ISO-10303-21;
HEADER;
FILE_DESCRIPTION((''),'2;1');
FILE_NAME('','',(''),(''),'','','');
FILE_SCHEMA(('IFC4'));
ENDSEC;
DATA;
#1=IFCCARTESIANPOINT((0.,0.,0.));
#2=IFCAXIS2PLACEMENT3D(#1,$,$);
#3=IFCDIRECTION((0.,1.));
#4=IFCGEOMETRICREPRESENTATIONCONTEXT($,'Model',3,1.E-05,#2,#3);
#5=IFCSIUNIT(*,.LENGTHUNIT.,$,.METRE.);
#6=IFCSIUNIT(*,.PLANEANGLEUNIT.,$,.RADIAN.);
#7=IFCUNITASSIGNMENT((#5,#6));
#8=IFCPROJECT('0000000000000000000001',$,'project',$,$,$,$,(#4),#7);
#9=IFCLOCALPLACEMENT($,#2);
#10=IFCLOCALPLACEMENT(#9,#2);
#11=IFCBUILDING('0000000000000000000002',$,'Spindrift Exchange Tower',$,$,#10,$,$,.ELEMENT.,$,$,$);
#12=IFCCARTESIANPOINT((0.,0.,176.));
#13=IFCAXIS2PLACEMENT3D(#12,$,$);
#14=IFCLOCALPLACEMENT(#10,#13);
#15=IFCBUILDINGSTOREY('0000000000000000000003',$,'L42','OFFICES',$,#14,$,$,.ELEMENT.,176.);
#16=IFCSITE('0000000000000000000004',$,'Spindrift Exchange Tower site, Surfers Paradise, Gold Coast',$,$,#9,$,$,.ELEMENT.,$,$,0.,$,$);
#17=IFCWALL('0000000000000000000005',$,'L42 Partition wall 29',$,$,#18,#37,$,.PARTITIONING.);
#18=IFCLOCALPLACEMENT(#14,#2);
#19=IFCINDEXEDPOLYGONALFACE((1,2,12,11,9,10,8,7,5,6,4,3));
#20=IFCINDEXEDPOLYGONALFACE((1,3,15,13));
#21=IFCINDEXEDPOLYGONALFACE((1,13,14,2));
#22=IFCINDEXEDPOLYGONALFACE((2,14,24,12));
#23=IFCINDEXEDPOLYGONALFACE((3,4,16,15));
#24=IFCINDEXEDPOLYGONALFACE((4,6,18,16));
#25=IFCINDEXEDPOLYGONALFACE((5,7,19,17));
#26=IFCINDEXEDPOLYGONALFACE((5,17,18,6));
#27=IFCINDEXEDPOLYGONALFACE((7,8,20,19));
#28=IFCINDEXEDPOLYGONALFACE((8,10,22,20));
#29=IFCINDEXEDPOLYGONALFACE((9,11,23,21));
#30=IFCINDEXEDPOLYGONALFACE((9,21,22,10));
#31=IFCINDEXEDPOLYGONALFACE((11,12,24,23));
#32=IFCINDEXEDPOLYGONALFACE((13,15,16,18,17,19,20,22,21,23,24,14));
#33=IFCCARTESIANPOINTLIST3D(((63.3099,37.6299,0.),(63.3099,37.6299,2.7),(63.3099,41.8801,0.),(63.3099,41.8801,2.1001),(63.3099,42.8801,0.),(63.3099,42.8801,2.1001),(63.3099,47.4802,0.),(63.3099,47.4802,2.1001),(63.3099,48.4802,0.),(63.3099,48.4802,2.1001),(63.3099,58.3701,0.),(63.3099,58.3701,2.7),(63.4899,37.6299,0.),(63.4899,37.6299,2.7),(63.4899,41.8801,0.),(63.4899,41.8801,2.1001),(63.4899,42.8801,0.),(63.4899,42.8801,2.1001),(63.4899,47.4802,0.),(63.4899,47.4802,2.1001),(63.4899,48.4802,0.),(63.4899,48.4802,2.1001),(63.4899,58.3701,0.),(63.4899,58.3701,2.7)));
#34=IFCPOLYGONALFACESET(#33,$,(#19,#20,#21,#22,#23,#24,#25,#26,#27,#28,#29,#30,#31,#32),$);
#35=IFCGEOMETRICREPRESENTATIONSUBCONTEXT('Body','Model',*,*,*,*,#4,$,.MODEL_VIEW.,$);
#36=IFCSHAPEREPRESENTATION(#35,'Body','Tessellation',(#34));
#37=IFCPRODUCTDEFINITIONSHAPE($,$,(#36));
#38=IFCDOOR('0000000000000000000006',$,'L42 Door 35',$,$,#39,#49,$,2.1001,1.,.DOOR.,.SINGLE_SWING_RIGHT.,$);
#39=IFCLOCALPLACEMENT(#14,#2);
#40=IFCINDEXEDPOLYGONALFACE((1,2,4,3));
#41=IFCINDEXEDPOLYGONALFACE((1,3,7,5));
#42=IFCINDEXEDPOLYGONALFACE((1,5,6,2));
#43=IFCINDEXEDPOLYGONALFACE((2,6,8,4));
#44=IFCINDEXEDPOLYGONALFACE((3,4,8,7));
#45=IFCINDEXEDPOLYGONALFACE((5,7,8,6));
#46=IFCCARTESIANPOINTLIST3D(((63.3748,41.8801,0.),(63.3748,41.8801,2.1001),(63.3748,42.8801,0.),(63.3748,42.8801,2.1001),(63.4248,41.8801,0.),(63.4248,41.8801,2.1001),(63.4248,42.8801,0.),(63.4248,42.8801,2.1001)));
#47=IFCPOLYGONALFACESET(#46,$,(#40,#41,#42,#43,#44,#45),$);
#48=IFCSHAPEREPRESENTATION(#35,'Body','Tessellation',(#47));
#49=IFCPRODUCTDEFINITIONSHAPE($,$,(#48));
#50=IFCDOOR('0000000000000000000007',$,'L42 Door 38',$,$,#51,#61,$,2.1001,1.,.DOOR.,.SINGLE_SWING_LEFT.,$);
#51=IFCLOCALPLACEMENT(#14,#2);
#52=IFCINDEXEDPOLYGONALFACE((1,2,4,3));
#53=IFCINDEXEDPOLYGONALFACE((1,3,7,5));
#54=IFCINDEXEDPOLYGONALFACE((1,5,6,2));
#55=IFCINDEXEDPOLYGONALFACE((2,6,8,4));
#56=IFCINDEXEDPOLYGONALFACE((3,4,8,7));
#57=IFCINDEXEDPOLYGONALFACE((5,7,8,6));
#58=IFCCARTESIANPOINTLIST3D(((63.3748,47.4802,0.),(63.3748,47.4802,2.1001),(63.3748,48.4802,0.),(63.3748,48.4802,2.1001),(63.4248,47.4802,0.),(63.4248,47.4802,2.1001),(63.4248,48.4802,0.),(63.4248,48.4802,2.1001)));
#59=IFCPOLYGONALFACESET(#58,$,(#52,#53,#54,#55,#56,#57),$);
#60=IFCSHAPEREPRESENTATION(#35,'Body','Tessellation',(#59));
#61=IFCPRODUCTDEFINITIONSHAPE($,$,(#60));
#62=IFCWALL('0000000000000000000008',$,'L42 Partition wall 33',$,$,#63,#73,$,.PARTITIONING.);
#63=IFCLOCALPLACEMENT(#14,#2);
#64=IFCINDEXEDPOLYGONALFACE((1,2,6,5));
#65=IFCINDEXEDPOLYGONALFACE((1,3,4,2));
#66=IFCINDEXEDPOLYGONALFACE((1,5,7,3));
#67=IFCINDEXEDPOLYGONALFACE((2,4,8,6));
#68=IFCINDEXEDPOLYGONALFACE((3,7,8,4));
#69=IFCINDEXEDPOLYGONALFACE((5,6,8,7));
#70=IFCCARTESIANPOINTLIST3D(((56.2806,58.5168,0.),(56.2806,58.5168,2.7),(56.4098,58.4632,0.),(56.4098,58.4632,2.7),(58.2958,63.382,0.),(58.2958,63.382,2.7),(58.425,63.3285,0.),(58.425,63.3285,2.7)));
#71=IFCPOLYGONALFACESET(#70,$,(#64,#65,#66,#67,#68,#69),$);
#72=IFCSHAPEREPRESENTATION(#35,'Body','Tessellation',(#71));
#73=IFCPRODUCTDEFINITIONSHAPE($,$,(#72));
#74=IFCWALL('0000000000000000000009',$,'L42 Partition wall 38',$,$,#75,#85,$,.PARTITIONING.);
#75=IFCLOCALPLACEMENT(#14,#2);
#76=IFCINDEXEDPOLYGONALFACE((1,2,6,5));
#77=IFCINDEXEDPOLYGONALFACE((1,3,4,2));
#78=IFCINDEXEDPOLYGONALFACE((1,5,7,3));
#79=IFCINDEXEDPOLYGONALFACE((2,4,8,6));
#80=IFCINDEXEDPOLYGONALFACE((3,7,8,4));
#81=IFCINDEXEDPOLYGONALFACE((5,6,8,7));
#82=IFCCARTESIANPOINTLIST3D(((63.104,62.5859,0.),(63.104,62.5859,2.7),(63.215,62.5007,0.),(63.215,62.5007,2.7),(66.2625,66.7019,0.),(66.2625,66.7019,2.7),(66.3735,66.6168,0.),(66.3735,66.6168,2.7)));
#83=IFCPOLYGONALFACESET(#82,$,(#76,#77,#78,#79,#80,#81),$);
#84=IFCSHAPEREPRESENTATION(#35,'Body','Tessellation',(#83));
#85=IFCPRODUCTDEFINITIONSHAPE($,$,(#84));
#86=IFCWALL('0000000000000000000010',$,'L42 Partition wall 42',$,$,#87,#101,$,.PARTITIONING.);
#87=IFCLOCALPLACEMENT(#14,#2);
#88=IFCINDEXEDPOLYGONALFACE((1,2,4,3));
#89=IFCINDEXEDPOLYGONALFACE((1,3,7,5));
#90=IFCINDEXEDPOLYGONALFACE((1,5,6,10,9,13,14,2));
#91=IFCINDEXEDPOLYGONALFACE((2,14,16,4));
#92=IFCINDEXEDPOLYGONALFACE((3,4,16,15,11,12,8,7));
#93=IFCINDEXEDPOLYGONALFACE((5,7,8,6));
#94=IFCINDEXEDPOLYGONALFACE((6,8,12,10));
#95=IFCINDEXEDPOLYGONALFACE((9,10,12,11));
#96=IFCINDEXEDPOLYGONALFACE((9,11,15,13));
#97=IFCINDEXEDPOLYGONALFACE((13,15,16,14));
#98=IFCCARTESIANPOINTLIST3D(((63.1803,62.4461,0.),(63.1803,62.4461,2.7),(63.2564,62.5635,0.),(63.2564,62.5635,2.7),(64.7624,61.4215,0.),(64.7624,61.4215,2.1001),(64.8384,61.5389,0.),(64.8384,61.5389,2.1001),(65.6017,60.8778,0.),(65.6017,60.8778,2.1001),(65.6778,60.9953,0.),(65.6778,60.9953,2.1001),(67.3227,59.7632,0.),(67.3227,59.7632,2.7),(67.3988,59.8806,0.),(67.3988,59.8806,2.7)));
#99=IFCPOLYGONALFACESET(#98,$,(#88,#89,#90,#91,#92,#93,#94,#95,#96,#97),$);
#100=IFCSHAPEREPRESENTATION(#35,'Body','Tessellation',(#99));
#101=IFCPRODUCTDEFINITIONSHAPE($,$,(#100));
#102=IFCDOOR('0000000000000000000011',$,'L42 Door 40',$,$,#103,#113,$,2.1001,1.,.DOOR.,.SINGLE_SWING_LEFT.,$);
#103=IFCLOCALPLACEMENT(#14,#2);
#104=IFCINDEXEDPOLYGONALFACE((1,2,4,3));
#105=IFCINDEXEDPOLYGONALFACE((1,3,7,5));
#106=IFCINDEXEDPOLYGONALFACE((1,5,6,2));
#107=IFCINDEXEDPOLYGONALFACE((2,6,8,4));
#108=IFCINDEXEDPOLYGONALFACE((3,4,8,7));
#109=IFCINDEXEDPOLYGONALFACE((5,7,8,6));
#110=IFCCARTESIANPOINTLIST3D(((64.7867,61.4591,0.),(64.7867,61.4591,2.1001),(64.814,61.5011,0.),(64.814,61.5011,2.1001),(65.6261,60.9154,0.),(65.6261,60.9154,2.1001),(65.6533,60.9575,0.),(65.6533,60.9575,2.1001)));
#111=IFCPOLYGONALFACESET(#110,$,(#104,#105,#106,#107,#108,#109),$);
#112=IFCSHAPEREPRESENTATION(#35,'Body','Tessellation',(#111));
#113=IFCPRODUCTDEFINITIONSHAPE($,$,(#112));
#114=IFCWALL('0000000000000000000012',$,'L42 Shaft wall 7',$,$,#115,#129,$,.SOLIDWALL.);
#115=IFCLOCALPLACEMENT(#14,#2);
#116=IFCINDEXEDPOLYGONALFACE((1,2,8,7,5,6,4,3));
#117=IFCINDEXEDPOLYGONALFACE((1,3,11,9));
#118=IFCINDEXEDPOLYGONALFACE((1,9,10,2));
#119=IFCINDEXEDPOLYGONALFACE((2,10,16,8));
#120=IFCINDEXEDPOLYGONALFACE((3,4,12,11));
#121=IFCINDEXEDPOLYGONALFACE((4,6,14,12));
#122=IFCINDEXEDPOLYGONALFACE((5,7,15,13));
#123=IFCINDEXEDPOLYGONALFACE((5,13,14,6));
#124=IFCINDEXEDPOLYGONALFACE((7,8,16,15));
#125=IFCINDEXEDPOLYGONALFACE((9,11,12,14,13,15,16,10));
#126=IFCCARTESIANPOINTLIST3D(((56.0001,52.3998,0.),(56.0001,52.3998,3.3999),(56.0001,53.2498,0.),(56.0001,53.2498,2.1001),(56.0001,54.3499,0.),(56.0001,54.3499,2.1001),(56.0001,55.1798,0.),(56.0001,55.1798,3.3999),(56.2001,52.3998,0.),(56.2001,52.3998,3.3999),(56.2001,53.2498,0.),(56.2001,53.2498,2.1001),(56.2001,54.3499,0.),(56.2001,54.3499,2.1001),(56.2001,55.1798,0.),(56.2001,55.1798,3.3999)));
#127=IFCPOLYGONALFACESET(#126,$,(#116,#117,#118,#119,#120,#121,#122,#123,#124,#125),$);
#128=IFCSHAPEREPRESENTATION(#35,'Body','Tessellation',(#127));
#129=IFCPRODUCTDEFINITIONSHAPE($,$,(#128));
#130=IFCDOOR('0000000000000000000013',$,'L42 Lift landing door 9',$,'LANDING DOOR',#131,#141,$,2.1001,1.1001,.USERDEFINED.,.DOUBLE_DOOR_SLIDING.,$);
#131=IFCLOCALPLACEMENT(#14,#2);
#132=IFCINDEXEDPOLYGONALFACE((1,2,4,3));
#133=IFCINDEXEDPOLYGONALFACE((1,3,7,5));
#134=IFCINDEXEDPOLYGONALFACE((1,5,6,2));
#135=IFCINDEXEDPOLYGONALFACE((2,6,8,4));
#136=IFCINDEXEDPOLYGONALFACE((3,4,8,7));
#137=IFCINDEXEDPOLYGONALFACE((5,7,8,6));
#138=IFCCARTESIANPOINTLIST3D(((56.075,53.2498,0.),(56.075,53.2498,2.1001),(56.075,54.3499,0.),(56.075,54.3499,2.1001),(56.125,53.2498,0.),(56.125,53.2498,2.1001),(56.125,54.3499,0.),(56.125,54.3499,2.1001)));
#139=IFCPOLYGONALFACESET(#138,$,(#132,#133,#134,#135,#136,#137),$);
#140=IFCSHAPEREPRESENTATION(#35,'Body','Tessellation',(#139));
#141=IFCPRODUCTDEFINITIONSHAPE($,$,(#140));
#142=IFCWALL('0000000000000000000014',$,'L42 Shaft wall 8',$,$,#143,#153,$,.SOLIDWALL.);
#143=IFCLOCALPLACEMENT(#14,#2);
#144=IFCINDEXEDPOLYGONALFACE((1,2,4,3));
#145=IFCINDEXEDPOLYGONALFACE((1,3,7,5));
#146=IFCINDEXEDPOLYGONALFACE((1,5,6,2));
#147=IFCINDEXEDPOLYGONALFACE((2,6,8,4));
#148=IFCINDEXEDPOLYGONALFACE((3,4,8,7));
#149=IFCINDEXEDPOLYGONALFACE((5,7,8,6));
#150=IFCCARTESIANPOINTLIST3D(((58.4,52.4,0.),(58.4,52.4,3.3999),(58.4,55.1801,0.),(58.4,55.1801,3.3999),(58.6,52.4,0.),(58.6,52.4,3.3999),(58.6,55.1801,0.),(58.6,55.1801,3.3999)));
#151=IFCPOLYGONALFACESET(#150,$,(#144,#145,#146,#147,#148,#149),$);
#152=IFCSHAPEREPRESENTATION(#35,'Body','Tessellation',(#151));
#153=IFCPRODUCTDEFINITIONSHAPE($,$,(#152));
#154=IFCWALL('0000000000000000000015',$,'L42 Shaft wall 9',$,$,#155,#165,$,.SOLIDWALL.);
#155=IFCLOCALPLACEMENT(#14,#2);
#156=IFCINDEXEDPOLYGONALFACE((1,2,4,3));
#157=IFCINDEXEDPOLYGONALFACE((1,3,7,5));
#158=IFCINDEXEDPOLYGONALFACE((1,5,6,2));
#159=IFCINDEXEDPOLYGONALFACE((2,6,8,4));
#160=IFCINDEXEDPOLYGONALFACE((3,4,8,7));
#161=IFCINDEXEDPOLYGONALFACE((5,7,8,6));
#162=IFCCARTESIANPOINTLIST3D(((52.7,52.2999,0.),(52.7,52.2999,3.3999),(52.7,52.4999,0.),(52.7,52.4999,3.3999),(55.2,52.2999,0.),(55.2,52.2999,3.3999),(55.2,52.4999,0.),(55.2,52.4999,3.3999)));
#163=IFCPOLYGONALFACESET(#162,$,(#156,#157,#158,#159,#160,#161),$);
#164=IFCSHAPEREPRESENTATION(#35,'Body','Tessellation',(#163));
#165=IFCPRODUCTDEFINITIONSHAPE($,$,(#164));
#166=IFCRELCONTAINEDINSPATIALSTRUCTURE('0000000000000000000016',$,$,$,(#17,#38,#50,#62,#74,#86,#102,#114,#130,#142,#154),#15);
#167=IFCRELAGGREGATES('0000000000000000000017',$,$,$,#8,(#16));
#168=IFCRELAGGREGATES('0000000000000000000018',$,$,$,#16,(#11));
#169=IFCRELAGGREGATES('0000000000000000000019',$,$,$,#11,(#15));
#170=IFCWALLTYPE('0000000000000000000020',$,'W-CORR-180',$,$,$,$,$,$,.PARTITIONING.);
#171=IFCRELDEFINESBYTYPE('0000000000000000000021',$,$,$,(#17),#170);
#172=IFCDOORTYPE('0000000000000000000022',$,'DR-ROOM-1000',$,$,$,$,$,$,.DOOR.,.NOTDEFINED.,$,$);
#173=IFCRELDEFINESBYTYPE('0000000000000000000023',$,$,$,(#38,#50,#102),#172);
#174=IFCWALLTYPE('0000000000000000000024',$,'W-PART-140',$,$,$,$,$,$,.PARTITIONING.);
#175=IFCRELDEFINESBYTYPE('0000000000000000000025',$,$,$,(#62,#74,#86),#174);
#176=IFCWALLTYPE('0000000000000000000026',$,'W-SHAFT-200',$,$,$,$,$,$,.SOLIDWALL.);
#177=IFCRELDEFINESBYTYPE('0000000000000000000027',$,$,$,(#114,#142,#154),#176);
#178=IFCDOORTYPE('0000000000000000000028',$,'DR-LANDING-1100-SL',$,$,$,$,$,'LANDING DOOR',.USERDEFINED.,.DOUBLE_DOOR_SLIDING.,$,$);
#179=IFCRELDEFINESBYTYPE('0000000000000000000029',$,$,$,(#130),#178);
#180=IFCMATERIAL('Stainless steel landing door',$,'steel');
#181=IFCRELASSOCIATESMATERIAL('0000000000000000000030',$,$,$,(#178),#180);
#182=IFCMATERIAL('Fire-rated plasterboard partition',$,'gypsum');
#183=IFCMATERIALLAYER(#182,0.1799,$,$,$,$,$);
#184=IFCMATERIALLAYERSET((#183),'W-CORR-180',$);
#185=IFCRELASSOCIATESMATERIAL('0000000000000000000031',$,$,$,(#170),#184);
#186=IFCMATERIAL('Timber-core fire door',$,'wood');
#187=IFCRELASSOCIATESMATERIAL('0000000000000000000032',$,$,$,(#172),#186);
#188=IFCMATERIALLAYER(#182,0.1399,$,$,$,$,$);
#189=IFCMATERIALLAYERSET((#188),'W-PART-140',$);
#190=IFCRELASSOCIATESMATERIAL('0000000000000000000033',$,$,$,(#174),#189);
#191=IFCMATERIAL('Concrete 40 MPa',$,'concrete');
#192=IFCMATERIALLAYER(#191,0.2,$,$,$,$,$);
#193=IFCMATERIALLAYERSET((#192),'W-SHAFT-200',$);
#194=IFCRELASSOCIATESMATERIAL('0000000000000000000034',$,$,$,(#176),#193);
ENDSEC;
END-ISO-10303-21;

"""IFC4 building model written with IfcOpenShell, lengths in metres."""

from ifc_helpers import new_model, si_unit, direction, frame, frame_2d, origin, place, context, subcontext, project, spatial, rectangle, extrude, source, transform, mapped, material, layer, layer_set, type_object, element, fill, save


model = new_model("IFC4")

# Units and contexts
model_context = context("Model", 3, precision=1e-05, world=origin(), true_north=direction((0.0, 1.0)))
body_context = subcontext(model_context, "Body", "Model", "MODEL_VIEW")
ifc_project = project(units=[si_unit("LENGTHUNIT", "METRE"), si_unit("PLANEANGLEUNIT", "RADIAN")], contexts=[model_context])

# Site, building, storey
site_placement = place(None, origin())
site = spatial("IfcSite", under=ifc_project, at=site_placement, Name="Spindrift Exchange Tower site, Surfers Paradise, Gold Coast", CompositionType="ELEMENT", RefElevation=0.0)
building_placement = place(site_placement, origin())
building = spatial("IfcBuilding", under=site, at=building_placement, Name="Spindrift Exchange Tower", CompositionType="ELEMENT")
storey_placement = place(building_placement, frame((0.0, 0.0, 176.0)))
storey = spatial("IfcBuildingStorey", under=building, at=storey_placement, Name="L42", Description="OFFICES", CompositionType="ELEMENT", Elevation=176.0)

# Wall, openings, doors
ifc_material_1 = material(Name="Stainless steel landing door", Category="steel")
door_type_1 = type_object("IfcDoorType", Name="DR-LANDING-1100-SL", ElementType="LANDING DOOR", OperationType="DOUBLE_DOOR_SLIDING", PredefinedType="USERDEFINED", material=ifc_material_1)
shared_shape_1 = source(origin(), body_context, "Body", "SweptSolid", [
    extrude(rectangle(XDim=1.1001, YDim=2.1001, at=frame_2d((0.55, 1.05))), frame((0.0, 0.0249, 0.0), z_axis=(0.0, -1.0, 0.0), x_axis=(1.0, 0.0, 0.0)), (0.0, 0.0, 1.0), 0.05),
])
ifc_material_2 = material(Name="Timber-core fire door", Category="wood")
ifc_material_3 = material(Name="Fire-rated plasterboard partition", Category="gypsum")
ifc_layer_1 = layer(ifc_material_3, 0.1799)
ifc_layer_set_1 = layer_set([ifc_layer_1], Name="W-CORR-180")
wall_type_1 = type_object("IfcWallType", Name="W-CORR-180", PredefinedType="PARTITIONING", material=ifc_layer_set_1)
wall_1_placement = place(storey_placement, frame((63.3999, 58.3701, 0.0), z_axis=(0.0, 0.0, 1.0), x_axis=(0.0, -1.0, 0.0)))
wall_1 = element("IfcWall", 1, at=wall_1_placement, inside=storey, type_object=wall_type_1, Name="L42 Partition wall 29", PredefinedType="PARTITIONING", context=body_context, shape_type="SweptSolid", body=[
    extrude(rectangle(XDim=20.7402, YDim=0.1799, at=frame_2d((10.3701, 0.0))), origin(), (0.0, 0.0, 1.0), 2.7),
])
opening_1_placement = place(wall_1_placement, frame((15.49, 0.0, 0.0)))
opening_1 = element("IfcOpeningElement", 2, at=opening_1_placement, cuts=wall_1, PredefinedType="OPENING", context=body_context, shape_type="SweptSolid", body=[
    extrude(rectangle(XDim=1.0, YDim=2.1001, at=frame_2d((0.5, 1.05))), frame((0.0, 0.0999, 0.0), z_axis=(0.0, -1.0, 0.0), x_axis=(1.0, 0.0, 0.0)), (0.0, 0.0, 1.0), 0.2),
])
opening_2_placement = place(wall_1_placement, frame((9.8899, 0.0, 0.0)))
opening_2 = element("IfcOpeningElement", 3, at=opening_2_placement, cuts=wall_1, PredefinedType="OPENING", context=body_context, shape_type="SweptSolid", body=[
    extrude(rectangle(XDim=1.0, YDim=2.1001, at=frame_2d((0.5, 1.05))), frame((0.0, 0.0999, 0.0), z_axis=(0.0, -1.0, 0.0), x_axis=(1.0, 0.0, 0.0)), (0.0, 0.0, 1.0), 0.2),
])
door_type_2 = type_object("IfcDoorType", Name="DR-ROOM-1000", OperationType="NOTDEFINED", PredefinedType="DOOR", material=ifc_material_2)
shared_shape_2 = source(origin(), body_context, "Body", "SweptSolid", [
    extrude(rectangle(XDim=1.0, YDim=2.1001, at=frame_2d((0.5, 1.05))), frame((0.0, 0.0249, 0.0), z_axis=(0.0, -1.0, 0.0), x_axis=(1.0, 0.0, 0.0)), (0.0, 0.0, 1.0), 0.05),
])
door_1_placement = place(opening_1_placement, origin())
door_1 = element("IfcDoor", 4, at=door_1_placement, inside=storey, type_object=door_type_2, Name="L42 Door 35", OperationType="SINGLE_SWING_RIGHT", OverallHeight=2.1001, OverallWidth=1.0, PredefinedType="DOOR", context=body_context, shape_type="MappedRepresentation", body=[
    mapped(shared_shape_2, transform((0.0, 0.0, 0.0), scale=1.0)),
])
fill(opening_1, door_1)
door_2_placement = place(opening_2_placement, origin())
door_2 = element("IfcDoor", 5, at=door_2_placement, inside=storey, type_object=door_type_2, Name="L42 Door 38", OperationType="SINGLE_SWING_LEFT", OverallHeight=2.1001, OverallWidth=1.0, PredefinedType="DOOR", context=body_context, shape_type="MappedRepresentation", body=[
    mapped(shared_shape_2, transform((0.0, 0.0, 0.0), scale=1.0)),
])
fill(opening_2, door_2)

# Walls
ifc_layer_2 = layer(ifc_material_3, 0.1399)
ifc_layer_set_2 = layer_set([ifc_layer_2], Name="W-PART-140")
wall_type_2 = type_object("IfcWallType", Name="W-PART-140", PredefinedType="PARTITIONING", material=ifc_layer_set_2)
wall_2_placement = place(storey_placement, frame((56.3452, 58.49, 0.0), z_axis=(0.0, 0.0, 1.0), x_axis=(0.382666, 0.923887, 0.0)))
element("IfcWall", 6, at=wall_2_placement, inside=storey, type_object=wall_type_2, Name="L42 Partition wall 33", PredefinedType="PARTITIONING", context=body_context, shape_type="SweptSolid", body=[
    extrude(rectangle(XDim=5.2661, YDim=0.1399, at=frame_2d((2.6331, 0.0))), origin(), (0.0, 0.0, 1.0), 2.7),
])
wall_3_placement = place(storey_placement, frame((63.1594, 62.5432, 0.0), z_axis=(0.0, 0.0, 1.0), x_axis=(0.60878, 0.793339, 0.0)))
element("IfcWall", 7, at=wall_3_placement, inside=storey, type_object=wall_type_2, Name="L42 Partition wall 38", PredefinedType="PARTITIONING", context=body_context, shape_type="SweptSolid", body=[
    extrude(rectangle(XDim=5.1882, YDim=0.1399, at=frame_2d((2.5942, 0.0))), origin(), (0.0, 0.0, 1.0), 2.7),
])

# Walls, openings, doors
wall_4_placement = place(storey_placement, frame((63.2183, 62.5049, 0.0), z_axis=(0.0, 0.0, 1.0), x_axis=(0.839336, -0.543612, 0.0)))
wall_4 = element("IfcWall", 8, at=wall_4_placement, inside=storey, type_object=wall_type_2, Name="L42 Partition wall 42", PredefinedType="PARTITIONING", context=body_context, shape_type="SweptSolid", body=[
    extrude(rectangle(XDim=4.9353, YDim=0.1399, at=frame_2d((2.4678, 0.0))), origin(), (0.0, 0.0, 1.0), 2.7),
])
opening_3_placement = place(wall_4_placement, frame((1.885, 0.0, 0.0)))
opening_3 = element("IfcOpeningElement", 9, at=opening_3_placement, cuts=wall_4, PredefinedType="OPENING", context=body_context, shape_type="SweptSolid", body=[
    extrude(rectangle(XDim=1.0, YDim=2.1001, at=frame_2d((0.5, 1.05))), frame((0.0, 0.0798, 0.0), z_axis=(0.0, -1.0, 0.0), x_axis=(1.0, 0.0, 0.0)), (0.0, 0.0, 1.0), 0.1599),
])
door_3_placement = place(opening_3_placement, origin())
door_3 = element("IfcDoor", 10, at=door_3_placement, inside=storey, type_object=door_type_2, Name="L42 Door 40", OperationType="SINGLE_SWING_LEFT", OverallHeight=2.1001, OverallWidth=1.0, PredefinedType="DOOR", context=body_context, shape_type="MappedRepresentation", body=[
    mapped(shared_shape_2, transform((0.0, 0.0, 0.0), scale=1.0)),
])
fill(opening_3, door_3)
ifc_material_4 = material(Name="Concrete 40 MPa", Category="concrete")
ifc_layer_3 = layer(ifc_material_4, 0.2)
ifc_layer_set_3 = layer_set([ifc_layer_3], Name="W-SHAFT-200")
wall_type_3 = type_object("IfcWallType", Name="W-SHAFT-200", PredefinedType="SOLIDWALL", material=ifc_layer_set_3)
wall_5_placement = place(storey_placement, frame((56.1001, 55.1799, 0.0), z_axis=(0.0, 0.0, 1.0), x_axis=(0.0, -1.0, 0.0)))
wall_5 = element("IfcWall", 11, at=wall_5_placement, inside=storey, type_object=wall_type_3, Name="L42 Shaft wall 7", PredefinedType="SOLIDWALL", context=body_context, shape_type="SweptSolid", body=[
    extrude(rectangle(XDim=2.78, YDim=0.2, at=frame_2d((1.3901, 0.0))), origin(), (0.0, 0.0, 1.0), 3.3999),
])
opening_4_placement = place(wall_5_placement, frame((0.8301, 0.0, 0.0)))
opening_4 = element("IfcOpeningElement", 12, at=opening_4_placement, cuts=wall_5, PredefinedType="OPENING", context=body_context, shape_type="SweptSolid", body=[
    extrude(rectangle(XDim=1.1001, YDim=2.1001, at=frame_2d((0.55, 1.05))), frame((0.0, 0.1099, 0.0), z_axis=(0.0, -1.0, 0.0), x_axis=(1.0, 0.0, 0.0)), (0.0, 0.0, 1.0), 0.22),
])
door_4_placement = place(opening_4_placement, origin())
door_4 = element("IfcDoor", 13, at=door_4_placement, inside=storey, type_object=door_type_1, Name="L42 Lift landing door 9", ObjectType="LANDING DOOR", OperationType="DOUBLE_DOOR_SLIDING", OverallHeight=2.1001, OverallWidth=1.1001, PredefinedType="USERDEFINED", context=body_context, shape_type="MappedRepresentation", body=[
    mapped(shared_shape_1, transform((0.0, 0.0, 0.0), scale=1.0)),
])
fill(opening_4, door_4)

# Walls
wall_6_placement = place(storey_placement, frame((58.5, 52.3999, 0.0), z_axis=(0.0, 0.0, 1.0), x_axis=(0.0, 1.0, 0.0)))
element("IfcWall", 14, at=wall_6_placement, inside=storey, type_object=wall_type_3, Name="L42 Shaft wall 8", PredefinedType="SOLIDWALL", context=body_context, shape_type="SweptSolid", body=[
    extrude(rectangle(XDim=2.78, YDim=0.2, at=frame_2d((1.3901, 0.0))), origin(), (0.0, 0.0, 1.0), 3.3999),
])
wall_7_placement = place(storey_placement, frame((55.2, 52.3999, 0.0), z_axis=(0.0, 0.0, 1.0), x_axis=(-1.0, 0.0, 0.0)))
element("IfcWall", 15, at=wall_7_placement, inside=storey, type_object=wall_type_3, Name="L42 Shaft wall 9", PredefinedType="SOLIDWALL", context=body_context, shape_type="SweptSolid", body=[
    extrude(rectangle(XDim=2.5, YDim=0.2, at=frame_2d((1.25, 0.0))), origin(), (0.0, 0.0, 1.0), 3.3999),
])

save(model, "model.ifc")
